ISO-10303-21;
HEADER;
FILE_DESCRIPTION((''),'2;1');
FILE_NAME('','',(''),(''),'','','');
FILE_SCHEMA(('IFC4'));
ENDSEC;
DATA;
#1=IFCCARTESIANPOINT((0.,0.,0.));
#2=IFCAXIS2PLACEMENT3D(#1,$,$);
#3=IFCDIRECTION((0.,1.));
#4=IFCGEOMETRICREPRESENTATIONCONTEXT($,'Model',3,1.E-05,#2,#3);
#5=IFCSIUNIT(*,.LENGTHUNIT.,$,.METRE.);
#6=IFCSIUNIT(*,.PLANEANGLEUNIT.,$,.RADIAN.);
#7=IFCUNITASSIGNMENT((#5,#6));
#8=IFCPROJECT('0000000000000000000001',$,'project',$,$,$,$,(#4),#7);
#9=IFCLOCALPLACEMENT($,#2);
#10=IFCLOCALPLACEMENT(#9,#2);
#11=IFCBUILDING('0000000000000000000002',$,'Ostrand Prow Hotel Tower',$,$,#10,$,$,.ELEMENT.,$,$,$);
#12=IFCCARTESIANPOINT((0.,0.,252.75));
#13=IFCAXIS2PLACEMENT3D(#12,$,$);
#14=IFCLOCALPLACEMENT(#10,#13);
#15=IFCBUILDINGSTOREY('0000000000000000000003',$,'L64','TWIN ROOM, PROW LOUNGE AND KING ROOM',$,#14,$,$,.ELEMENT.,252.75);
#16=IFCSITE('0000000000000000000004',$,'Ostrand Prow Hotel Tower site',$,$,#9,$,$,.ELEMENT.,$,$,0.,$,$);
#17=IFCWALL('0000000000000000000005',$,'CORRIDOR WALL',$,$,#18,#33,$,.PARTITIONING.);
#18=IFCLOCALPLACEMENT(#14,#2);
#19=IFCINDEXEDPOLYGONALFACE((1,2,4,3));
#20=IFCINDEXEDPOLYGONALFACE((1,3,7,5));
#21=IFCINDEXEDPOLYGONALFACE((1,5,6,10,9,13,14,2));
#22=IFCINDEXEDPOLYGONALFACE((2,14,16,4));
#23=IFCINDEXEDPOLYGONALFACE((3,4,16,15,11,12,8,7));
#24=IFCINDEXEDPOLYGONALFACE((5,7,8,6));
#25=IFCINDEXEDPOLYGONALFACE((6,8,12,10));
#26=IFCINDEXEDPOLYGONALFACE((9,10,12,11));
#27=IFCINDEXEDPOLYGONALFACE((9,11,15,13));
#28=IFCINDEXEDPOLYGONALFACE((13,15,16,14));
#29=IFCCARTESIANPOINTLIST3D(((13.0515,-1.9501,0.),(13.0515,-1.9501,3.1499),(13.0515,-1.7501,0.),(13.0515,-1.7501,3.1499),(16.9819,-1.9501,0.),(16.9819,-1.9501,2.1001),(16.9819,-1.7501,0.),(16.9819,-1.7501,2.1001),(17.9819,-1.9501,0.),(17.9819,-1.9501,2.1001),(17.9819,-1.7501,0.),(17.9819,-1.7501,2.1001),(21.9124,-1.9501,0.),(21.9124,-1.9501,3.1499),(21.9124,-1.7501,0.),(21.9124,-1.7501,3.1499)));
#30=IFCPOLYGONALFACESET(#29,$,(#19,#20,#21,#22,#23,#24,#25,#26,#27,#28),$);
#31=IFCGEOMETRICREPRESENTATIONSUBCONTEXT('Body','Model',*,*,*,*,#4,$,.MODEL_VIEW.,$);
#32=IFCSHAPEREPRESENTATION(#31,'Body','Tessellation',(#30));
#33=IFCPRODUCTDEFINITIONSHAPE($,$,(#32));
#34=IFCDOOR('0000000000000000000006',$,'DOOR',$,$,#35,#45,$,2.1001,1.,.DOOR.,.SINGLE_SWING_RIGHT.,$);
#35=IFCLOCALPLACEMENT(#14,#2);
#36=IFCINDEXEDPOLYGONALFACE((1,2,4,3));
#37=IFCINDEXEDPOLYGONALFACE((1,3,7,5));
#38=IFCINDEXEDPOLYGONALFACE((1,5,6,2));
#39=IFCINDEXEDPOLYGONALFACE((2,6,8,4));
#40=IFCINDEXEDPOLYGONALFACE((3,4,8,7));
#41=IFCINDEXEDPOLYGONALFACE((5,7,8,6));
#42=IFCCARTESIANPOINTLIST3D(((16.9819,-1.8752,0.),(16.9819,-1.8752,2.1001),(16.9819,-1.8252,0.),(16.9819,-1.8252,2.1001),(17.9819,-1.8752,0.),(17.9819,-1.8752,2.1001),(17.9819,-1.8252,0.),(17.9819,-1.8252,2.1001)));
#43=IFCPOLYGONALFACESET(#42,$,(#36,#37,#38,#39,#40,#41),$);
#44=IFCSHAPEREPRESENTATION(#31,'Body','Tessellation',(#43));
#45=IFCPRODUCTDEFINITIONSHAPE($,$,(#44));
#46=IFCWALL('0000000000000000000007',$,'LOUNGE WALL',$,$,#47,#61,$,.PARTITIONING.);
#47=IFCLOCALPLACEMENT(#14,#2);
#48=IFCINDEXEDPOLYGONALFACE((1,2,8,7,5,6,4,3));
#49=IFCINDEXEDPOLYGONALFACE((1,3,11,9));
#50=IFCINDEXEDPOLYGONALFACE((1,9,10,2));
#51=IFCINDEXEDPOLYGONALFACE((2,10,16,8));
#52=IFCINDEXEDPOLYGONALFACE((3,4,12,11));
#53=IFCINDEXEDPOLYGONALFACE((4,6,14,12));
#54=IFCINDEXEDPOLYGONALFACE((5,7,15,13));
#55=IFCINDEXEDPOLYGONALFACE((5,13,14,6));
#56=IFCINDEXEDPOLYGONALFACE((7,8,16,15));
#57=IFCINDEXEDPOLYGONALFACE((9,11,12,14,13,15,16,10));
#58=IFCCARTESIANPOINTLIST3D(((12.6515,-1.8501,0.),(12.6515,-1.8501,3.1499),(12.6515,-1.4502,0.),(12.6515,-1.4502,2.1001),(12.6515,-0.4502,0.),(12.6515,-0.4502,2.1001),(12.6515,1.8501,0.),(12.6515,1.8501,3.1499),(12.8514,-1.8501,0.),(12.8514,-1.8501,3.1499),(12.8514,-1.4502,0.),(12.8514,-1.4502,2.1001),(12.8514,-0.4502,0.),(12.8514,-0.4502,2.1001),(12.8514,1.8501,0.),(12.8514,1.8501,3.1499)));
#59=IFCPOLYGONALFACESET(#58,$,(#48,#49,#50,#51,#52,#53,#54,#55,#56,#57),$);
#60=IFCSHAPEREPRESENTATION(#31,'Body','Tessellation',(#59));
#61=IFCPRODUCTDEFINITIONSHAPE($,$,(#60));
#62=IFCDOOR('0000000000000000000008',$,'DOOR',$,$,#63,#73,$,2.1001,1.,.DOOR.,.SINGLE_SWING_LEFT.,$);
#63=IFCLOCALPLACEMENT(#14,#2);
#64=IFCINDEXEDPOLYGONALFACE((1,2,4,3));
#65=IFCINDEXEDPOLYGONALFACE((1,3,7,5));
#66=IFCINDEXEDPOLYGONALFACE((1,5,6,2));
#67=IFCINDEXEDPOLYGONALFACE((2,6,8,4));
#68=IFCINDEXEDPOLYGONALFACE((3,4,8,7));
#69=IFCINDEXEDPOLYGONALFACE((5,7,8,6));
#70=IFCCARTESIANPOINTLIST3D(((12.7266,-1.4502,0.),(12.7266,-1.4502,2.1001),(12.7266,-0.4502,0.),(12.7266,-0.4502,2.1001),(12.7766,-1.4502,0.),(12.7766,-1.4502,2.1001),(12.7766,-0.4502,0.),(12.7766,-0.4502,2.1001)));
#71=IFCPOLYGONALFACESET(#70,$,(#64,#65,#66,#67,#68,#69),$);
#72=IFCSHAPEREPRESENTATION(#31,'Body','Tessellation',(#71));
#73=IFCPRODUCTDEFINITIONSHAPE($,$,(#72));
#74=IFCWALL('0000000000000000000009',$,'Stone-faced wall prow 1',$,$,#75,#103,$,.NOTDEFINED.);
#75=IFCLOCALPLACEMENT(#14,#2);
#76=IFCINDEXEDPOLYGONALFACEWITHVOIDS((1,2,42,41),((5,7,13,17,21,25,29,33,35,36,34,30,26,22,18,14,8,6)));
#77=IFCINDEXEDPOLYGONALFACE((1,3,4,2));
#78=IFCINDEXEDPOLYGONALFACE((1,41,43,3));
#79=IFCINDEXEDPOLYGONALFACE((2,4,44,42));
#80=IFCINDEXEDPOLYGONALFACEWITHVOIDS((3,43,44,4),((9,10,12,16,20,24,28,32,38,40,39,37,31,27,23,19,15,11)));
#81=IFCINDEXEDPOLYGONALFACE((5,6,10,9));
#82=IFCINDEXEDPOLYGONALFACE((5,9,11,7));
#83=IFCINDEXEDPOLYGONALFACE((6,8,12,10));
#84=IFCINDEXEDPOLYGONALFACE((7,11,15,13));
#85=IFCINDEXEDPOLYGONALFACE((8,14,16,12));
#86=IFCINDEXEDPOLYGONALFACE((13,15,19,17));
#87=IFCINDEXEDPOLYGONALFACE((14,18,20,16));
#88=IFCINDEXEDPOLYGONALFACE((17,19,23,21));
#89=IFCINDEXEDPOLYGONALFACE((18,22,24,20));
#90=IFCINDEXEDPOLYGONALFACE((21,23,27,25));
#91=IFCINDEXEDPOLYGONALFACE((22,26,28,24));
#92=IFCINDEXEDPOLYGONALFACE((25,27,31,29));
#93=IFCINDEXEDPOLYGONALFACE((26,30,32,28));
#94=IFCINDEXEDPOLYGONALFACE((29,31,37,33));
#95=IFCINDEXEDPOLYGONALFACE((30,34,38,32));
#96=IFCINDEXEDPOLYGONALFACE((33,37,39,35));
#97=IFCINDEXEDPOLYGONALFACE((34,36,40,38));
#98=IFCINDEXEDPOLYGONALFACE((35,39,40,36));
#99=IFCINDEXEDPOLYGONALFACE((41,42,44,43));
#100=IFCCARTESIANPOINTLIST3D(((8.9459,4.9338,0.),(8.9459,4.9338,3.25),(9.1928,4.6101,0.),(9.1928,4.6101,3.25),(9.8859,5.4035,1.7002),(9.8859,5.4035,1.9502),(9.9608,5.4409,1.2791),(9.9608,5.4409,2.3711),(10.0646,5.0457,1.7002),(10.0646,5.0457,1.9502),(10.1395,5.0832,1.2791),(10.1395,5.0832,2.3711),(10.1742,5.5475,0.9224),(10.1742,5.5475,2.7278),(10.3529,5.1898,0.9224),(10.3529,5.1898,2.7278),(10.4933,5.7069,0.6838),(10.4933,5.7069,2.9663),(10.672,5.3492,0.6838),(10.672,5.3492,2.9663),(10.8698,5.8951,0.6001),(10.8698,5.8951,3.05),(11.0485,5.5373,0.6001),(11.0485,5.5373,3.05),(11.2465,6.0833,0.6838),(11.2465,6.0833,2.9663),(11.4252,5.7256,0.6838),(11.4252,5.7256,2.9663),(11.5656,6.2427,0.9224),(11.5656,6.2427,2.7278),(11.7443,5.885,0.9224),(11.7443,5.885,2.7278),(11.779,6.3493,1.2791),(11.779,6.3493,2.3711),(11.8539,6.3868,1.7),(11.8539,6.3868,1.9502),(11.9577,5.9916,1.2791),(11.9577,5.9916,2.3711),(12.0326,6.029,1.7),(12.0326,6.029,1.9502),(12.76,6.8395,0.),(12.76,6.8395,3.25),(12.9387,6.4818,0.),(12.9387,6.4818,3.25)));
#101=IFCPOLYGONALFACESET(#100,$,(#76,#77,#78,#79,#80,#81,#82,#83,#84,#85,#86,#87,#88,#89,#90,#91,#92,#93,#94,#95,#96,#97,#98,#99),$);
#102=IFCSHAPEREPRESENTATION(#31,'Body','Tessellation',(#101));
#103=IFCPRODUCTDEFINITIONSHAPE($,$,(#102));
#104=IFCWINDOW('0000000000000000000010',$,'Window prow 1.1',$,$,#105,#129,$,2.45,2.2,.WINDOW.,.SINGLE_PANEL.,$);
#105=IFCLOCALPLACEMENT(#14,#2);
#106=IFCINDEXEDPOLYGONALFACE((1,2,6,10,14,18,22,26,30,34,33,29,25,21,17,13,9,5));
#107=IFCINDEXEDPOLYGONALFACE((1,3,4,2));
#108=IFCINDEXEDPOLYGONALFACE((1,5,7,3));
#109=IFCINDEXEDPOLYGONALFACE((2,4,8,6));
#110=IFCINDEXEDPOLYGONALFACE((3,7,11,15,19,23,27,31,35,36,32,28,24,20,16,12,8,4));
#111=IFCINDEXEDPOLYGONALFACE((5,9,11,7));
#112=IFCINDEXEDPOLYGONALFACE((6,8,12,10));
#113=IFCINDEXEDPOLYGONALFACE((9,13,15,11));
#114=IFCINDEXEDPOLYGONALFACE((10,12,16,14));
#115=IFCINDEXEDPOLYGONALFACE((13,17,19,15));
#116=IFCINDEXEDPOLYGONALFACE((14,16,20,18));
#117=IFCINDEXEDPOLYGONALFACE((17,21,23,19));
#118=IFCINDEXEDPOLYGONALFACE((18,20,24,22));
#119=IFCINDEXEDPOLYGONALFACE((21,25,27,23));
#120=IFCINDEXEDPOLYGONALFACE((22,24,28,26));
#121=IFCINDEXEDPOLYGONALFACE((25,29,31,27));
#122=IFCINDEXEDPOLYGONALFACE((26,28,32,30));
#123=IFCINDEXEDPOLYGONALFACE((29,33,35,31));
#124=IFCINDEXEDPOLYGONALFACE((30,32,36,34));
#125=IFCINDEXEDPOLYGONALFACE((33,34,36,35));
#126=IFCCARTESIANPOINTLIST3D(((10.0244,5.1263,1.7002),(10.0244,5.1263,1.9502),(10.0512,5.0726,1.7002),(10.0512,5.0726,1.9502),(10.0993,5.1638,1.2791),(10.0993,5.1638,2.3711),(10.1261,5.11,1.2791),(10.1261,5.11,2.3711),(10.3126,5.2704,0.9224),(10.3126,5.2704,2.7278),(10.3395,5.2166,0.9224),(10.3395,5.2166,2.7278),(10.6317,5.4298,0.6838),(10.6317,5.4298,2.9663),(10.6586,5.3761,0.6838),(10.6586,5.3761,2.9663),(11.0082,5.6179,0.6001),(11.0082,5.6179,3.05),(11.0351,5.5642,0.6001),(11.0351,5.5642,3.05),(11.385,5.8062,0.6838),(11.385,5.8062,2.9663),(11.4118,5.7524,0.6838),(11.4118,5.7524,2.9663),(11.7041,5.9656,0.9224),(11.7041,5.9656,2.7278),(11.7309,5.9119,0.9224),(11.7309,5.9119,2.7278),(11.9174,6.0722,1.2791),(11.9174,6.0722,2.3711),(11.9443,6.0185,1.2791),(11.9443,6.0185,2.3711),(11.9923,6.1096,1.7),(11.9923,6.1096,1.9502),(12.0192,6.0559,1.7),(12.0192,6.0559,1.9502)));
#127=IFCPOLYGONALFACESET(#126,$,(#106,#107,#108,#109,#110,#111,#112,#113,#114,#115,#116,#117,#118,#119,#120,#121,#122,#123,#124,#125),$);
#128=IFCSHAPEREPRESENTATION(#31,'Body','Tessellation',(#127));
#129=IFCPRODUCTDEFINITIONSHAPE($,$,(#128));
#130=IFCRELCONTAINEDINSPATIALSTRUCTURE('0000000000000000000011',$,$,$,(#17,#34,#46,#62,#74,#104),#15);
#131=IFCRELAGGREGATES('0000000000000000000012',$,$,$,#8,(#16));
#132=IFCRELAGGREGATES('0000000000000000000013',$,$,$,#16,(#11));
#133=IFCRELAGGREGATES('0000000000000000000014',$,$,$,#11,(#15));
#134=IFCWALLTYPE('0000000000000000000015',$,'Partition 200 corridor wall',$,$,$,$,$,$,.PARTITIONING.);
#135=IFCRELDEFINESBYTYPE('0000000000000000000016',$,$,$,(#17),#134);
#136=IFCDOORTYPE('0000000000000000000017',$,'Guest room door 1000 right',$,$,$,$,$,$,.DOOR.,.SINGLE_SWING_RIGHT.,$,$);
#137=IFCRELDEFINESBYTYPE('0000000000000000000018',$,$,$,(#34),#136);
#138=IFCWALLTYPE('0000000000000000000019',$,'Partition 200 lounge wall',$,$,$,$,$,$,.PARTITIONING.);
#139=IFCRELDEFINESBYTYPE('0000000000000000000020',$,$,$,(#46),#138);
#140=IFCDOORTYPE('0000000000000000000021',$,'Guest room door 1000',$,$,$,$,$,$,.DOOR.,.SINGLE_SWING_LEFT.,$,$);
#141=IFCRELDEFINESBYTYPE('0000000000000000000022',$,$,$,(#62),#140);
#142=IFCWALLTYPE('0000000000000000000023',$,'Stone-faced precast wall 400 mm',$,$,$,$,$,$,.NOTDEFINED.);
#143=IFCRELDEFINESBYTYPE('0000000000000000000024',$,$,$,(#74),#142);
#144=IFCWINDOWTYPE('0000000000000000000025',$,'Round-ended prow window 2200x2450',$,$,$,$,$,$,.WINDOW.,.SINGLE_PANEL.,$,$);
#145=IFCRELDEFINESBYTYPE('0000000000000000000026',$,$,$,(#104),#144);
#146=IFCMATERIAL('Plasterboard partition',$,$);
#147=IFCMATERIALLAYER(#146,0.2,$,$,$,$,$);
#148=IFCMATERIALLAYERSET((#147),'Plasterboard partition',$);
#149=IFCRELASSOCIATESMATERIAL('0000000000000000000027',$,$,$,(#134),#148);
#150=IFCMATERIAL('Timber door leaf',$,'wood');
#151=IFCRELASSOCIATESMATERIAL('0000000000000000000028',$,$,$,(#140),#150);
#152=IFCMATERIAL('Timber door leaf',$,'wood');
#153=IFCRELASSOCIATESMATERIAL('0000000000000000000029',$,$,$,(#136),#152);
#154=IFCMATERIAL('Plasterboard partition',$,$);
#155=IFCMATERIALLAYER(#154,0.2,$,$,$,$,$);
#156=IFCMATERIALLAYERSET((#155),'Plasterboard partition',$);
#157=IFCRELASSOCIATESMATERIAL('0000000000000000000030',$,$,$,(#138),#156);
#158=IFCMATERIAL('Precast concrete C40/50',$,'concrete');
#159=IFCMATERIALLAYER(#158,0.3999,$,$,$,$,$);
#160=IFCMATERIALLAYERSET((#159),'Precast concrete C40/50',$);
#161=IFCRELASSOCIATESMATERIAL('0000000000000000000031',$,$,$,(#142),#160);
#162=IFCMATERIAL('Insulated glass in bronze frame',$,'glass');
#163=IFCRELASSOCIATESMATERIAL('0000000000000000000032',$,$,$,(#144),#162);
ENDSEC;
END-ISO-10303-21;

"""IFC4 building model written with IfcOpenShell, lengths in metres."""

from ifc_helpers import new_model, si_unit, direction, frame, frame_2d, origin, place, context, subcontext, project, spatial, polyline, rectangle, outline, extrude, material, layer, layer_set, type_object, element, fill, save


model = new_model("IFC4")

# Units and contexts
model_context = context("Model", 3, precision=1e-05, world=origin(), true_north=direction((0.0, 1.0)))
body_context = subcontext(model_context, "Body", "Model", "MODEL_VIEW")
ifc_project = project(units=[si_unit("LENGTHUNIT", "METRE"), si_unit("PLANEANGLEUNIT", "RADIAN")], contexts=[model_context])

# Site, building, storey
site_placement = place(None, origin())
site = spatial("IfcSite", under=ifc_project, at=site_placement, Name="Ostrand Prow Hotel Tower site", CompositionType="ELEMENT", RefElevation=0.0)
building_placement = place(site_placement, origin())
building = spatial("IfcBuilding", under=site, at=building_placement, Name="Ostrand Prow Hotel Tower", CompositionType="ELEMENT")
storey_placement = place(building_placement, frame((0.0, 0.0, 252.75)))
storey = spatial("IfcBuildingStorey", under=building, at=storey_placement, Name="L64", Description="TWIN ROOM, PROW LOUNGE AND KING ROOM", CompositionType="ELEMENT", Elevation=252.75)

# Walls, openings, doors
ifc_material_1 = material(Name="Plasterboard partition")
ifc_layer_1 = layer(ifc_material_1, 0.2)
ifc_layer_set_1 = layer_set([ifc_layer_1], Name="Plasterboard partition")
wall_type_1 = type_object("IfcWallType", Name="Partition 200 corridor wall", PredefinedType="PARTITIONING", material=ifc_layer_set_1)
ifc_material_2 = material(Name="Timber door leaf", Category="wood")
door_type_1 = type_object("IfcDoorType", Name="Guest room door 1000", OperationType="SINGLE_SWING_LEFT", PredefinedType="DOOR", material=ifc_material_2)
wall_1_placement = place(storey_placement, frame((13.0515, -1.8501, 0.0), z_axis=(0.0, 0.0, 1.0), x_axis=(1.0, 0.0, 0.0)))
wall_1 = element("IfcWall", 1, at=wall_1_placement, inside=storey, type_object=wall_type_1, Name="CORRIDOR WALL", PredefinedType="PARTITIONING", context=body_context, shape_type="SweptSolid", body=[
    extrude(rectangle(XDim=8.8608, YDim=0.2, at=frame_2d((4.4304, 0.0))), origin(), (0.0, 0.0, 1.0), 3.1499),
])
opening_1_placement = place(wall_1_placement, frame((3.9304, 0.0, 0.0)))
opening_1 = element("IfcOpeningElement", 2, at=opening_1_placement, cuts=wall_1, PredefinedType="OPENING", context=body_context, shape_type="SweptSolid", body=[
    extrude(rectangle(XDim=1.0, YDim=2.1001, at=frame_2d((0.5, 1.05))), frame((0.0, 0.1099, 0.0), z_axis=(0.0, -1.0, 0.0), x_axis=(1.0, 0.0, 0.0)), (0.0, 0.0, 1.0), 0.22),
])
ifc_material_3 = material(Name="Timber door leaf", Category="wood")
door_type_2 = type_object("IfcDoorType", Name="Guest room door 1000 right", OperationType="SINGLE_SWING_RIGHT", PredefinedType="DOOR", material=ifc_material_3)
door_1_placement = place(opening_1_placement, origin())
door_1 = element("IfcDoor", 3, at=door_1_placement, inside=storey, type_object=door_type_2, Name="DOOR", OperationType="SINGLE_SWING_RIGHT", OverallHeight=2.1001, OverallWidth=1.0, PredefinedType="DOOR", context=body_context, shape_type="SweptSolid", body=[
    extrude(rectangle(XDim=1.0, YDim=2.1001, at=frame_2d((0.5, 1.05))), frame((0.0, 0.0249, 0.0), z_axis=(0.0, -1.0, 0.0), x_axis=(1.0, 0.0, 0.0)), (0.0, 0.0, 1.0), 0.05),
])
fill(opening_1, door_1)
ifc_material_4 = material(Name="Plasterboard partition")
ifc_layer_2 = layer(ifc_material_4, 0.2)
ifc_layer_set_2 = layer_set([ifc_layer_2], Name="Plasterboard partition")
wall_type_2 = type_object("IfcWallType", Name="Partition 200 lounge wall", PredefinedType="PARTITIONING", material=ifc_layer_set_2)
wall_2_placement = place(storey_placement, frame((12.7515, -1.8501, 0.0), z_axis=(0.0, 0.0, 1.0), x_axis=(0.0, 1.0, 0.0)))
wall_2 = element("IfcWall", 4, at=wall_2_placement, inside=storey, type_object=wall_type_2, Name="LOUNGE WALL", PredefinedType="PARTITIONING", context=body_context, shape_type="SweptSolid", body=[
    extrude(rectangle(XDim=3.7002, YDim=0.2, at=frame_2d((1.8501, 0.0))), origin(), (0.0, 0.0, 1.0), 3.1499),
])
opening_2_placement = place(wall_2_placement, frame((0.3999, 0.0, 0.0)))
opening_2 = element("IfcOpeningElement", 5, at=opening_2_placement, cuts=wall_2, PredefinedType="OPENING", context=body_context, shape_type="SweptSolid", body=[
    extrude(rectangle(XDim=1.0, YDim=2.1001, at=frame_2d((0.5, 1.05))), frame((0.0, 0.1099, 0.0), z_axis=(0.0, -1.0, 0.0), x_axis=(1.0, 0.0, 0.0)), (0.0, 0.0, 1.0), 0.22),
])
door_2_placement = place(opening_2_placement, origin())
door_2 = element("IfcDoor", 6, at=door_2_placement, inside=storey, type_object=door_type_1, Name="DOOR", OperationType="SINGLE_SWING_LEFT", OverallHeight=2.1001, OverallWidth=1.0, PredefinedType="DOOR", context=body_context, shape_type="SweptSolid", body=[
    extrude(rectangle(XDim=1.0, YDim=2.1001, at=frame_2d((0.5, 1.05))), frame((0.0, 0.0249, 0.0), z_axis=(0.0, -1.0, 0.0), x_axis=(1.0, 0.0, 0.0)), (0.0, 0.0, 1.0), 0.05),
])
fill(opening_2, door_2)

# Wall, opening, window
ifc_material_5 = material(Name="Precast concrete C40/50", Category="concrete")
ifc_layer_3 = layer(ifc_material_5, 0.3999)
ifc_layer_set_3 = layer_set([ifc_layer_3], Name="Precast concrete C40/50")
wall_type_3 = type_object("IfcWallType", Name="Stone-faced precast wall 400 mm", PredefinedType="NOTDEFINED", material=ifc_layer_set_3)
wall_3_placement = place(storey_placement, frame((12.8494, 6.6606, 0.0), z_axis=(0.0, 0.0, 1.0), x_axis=(-0.894554, -0.446959, 0.0)))
wall_3 = element("IfcWall", 7, at=wall_3_placement, inside=storey, type_object=wall_type_3, Name="Stone-faced wall prow 1", PredefinedType="NOTDEFINED", context=body_context, shape_type="SweptSolid", body=[
    extrude(outline(polyline([(0.0, -0.2), (4.2637, -0.2), (4.1875, 0.2), (0.0, 0.2), (0.0, -0.2)])), origin(), (0.0, 0.0, 1.0), 3.25),
])
opening_3_placement = place(wall_3_placement, frame((1.0129, 0.0, 0.6001)))
opening_3 = element("IfcOpeningElement", 8, at=opening_3_placement, cuts=wall_3, PredefinedType="OPENING", context=body_context, shape_type="SweptSolid", body=[
    extrude(outline(polyline([(0.0, 1.3501), (0.0837, 1.771), (0.3223, 2.1277), (0.679, 2.3662), (1.1001, 2.45), (1.521, 2.3662), (1.8777, 2.1277), (2.1162, 1.771), (2.2, 1.3501), (2.2, 1.1001), (2.1162, 0.679), (1.8777, 0.3223), (1.521, 0.0837), (1.1001, 0.0), (0.679, 0.0837), (0.3223, 0.3223), (0.0837, 0.679), (0.0, 1.0999), (0.0, 1.3501)])), frame((0.0, 0.21, 0.0), z_axis=(0.0, -1.0, 0.0), x_axis=(1.0, 0.0, 0.0)), (0.0, 0.0, 1.0), 0.4199),
])
ifc_material_6 = material(Name="Insulated glass in bronze frame", Category="glass")
window_type = type_object("IfcWindowType", Name="Round-ended prow window 2200x2450", PartitioningType="SINGLE_PANEL", PredefinedType="WINDOW", material=ifc_material_6)
window_1_placement = place(opening_3_placement, origin())
window_1 = element("IfcWindow", 9, at=window_1_placement, inside=storey, type_object=window_type, Name="Window prow 1.1", OverallHeight=2.45, OverallWidth=2.2, PartitioningType="SINGLE_PANEL", PredefinedType="WINDOW", context=body_context, shape_type="SweptSolid", body=[
    extrude(outline(polyline([(0.0, 1.3501), (0.0837, 1.771), (0.3223, 2.1277), (0.679, 2.3662), (1.1001, 2.45), (1.521, 2.3662), (1.8777, 2.1277), (2.1162, 1.771), (2.2, 1.3501), (2.2, 1.1001), (2.1162, 0.679), (1.8777, 0.3223), (1.521, 0.0837), (1.1001, 0.0), (0.679, 0.0837), (0.3223, 0.3223), (0.0837, 0.679), (0.0, 1.0999), (0.0, 1.3501)])), frame((0.0, 0.1699, 0.0), z_axis=(0.0, -1.0, 0.0), x_axis=(1.0, 0.0, 0.0)), (0.0, 0.0, 1.0), 0.0601),
])
fill(opening_3, window_1)

save(model, "model.ifc")
